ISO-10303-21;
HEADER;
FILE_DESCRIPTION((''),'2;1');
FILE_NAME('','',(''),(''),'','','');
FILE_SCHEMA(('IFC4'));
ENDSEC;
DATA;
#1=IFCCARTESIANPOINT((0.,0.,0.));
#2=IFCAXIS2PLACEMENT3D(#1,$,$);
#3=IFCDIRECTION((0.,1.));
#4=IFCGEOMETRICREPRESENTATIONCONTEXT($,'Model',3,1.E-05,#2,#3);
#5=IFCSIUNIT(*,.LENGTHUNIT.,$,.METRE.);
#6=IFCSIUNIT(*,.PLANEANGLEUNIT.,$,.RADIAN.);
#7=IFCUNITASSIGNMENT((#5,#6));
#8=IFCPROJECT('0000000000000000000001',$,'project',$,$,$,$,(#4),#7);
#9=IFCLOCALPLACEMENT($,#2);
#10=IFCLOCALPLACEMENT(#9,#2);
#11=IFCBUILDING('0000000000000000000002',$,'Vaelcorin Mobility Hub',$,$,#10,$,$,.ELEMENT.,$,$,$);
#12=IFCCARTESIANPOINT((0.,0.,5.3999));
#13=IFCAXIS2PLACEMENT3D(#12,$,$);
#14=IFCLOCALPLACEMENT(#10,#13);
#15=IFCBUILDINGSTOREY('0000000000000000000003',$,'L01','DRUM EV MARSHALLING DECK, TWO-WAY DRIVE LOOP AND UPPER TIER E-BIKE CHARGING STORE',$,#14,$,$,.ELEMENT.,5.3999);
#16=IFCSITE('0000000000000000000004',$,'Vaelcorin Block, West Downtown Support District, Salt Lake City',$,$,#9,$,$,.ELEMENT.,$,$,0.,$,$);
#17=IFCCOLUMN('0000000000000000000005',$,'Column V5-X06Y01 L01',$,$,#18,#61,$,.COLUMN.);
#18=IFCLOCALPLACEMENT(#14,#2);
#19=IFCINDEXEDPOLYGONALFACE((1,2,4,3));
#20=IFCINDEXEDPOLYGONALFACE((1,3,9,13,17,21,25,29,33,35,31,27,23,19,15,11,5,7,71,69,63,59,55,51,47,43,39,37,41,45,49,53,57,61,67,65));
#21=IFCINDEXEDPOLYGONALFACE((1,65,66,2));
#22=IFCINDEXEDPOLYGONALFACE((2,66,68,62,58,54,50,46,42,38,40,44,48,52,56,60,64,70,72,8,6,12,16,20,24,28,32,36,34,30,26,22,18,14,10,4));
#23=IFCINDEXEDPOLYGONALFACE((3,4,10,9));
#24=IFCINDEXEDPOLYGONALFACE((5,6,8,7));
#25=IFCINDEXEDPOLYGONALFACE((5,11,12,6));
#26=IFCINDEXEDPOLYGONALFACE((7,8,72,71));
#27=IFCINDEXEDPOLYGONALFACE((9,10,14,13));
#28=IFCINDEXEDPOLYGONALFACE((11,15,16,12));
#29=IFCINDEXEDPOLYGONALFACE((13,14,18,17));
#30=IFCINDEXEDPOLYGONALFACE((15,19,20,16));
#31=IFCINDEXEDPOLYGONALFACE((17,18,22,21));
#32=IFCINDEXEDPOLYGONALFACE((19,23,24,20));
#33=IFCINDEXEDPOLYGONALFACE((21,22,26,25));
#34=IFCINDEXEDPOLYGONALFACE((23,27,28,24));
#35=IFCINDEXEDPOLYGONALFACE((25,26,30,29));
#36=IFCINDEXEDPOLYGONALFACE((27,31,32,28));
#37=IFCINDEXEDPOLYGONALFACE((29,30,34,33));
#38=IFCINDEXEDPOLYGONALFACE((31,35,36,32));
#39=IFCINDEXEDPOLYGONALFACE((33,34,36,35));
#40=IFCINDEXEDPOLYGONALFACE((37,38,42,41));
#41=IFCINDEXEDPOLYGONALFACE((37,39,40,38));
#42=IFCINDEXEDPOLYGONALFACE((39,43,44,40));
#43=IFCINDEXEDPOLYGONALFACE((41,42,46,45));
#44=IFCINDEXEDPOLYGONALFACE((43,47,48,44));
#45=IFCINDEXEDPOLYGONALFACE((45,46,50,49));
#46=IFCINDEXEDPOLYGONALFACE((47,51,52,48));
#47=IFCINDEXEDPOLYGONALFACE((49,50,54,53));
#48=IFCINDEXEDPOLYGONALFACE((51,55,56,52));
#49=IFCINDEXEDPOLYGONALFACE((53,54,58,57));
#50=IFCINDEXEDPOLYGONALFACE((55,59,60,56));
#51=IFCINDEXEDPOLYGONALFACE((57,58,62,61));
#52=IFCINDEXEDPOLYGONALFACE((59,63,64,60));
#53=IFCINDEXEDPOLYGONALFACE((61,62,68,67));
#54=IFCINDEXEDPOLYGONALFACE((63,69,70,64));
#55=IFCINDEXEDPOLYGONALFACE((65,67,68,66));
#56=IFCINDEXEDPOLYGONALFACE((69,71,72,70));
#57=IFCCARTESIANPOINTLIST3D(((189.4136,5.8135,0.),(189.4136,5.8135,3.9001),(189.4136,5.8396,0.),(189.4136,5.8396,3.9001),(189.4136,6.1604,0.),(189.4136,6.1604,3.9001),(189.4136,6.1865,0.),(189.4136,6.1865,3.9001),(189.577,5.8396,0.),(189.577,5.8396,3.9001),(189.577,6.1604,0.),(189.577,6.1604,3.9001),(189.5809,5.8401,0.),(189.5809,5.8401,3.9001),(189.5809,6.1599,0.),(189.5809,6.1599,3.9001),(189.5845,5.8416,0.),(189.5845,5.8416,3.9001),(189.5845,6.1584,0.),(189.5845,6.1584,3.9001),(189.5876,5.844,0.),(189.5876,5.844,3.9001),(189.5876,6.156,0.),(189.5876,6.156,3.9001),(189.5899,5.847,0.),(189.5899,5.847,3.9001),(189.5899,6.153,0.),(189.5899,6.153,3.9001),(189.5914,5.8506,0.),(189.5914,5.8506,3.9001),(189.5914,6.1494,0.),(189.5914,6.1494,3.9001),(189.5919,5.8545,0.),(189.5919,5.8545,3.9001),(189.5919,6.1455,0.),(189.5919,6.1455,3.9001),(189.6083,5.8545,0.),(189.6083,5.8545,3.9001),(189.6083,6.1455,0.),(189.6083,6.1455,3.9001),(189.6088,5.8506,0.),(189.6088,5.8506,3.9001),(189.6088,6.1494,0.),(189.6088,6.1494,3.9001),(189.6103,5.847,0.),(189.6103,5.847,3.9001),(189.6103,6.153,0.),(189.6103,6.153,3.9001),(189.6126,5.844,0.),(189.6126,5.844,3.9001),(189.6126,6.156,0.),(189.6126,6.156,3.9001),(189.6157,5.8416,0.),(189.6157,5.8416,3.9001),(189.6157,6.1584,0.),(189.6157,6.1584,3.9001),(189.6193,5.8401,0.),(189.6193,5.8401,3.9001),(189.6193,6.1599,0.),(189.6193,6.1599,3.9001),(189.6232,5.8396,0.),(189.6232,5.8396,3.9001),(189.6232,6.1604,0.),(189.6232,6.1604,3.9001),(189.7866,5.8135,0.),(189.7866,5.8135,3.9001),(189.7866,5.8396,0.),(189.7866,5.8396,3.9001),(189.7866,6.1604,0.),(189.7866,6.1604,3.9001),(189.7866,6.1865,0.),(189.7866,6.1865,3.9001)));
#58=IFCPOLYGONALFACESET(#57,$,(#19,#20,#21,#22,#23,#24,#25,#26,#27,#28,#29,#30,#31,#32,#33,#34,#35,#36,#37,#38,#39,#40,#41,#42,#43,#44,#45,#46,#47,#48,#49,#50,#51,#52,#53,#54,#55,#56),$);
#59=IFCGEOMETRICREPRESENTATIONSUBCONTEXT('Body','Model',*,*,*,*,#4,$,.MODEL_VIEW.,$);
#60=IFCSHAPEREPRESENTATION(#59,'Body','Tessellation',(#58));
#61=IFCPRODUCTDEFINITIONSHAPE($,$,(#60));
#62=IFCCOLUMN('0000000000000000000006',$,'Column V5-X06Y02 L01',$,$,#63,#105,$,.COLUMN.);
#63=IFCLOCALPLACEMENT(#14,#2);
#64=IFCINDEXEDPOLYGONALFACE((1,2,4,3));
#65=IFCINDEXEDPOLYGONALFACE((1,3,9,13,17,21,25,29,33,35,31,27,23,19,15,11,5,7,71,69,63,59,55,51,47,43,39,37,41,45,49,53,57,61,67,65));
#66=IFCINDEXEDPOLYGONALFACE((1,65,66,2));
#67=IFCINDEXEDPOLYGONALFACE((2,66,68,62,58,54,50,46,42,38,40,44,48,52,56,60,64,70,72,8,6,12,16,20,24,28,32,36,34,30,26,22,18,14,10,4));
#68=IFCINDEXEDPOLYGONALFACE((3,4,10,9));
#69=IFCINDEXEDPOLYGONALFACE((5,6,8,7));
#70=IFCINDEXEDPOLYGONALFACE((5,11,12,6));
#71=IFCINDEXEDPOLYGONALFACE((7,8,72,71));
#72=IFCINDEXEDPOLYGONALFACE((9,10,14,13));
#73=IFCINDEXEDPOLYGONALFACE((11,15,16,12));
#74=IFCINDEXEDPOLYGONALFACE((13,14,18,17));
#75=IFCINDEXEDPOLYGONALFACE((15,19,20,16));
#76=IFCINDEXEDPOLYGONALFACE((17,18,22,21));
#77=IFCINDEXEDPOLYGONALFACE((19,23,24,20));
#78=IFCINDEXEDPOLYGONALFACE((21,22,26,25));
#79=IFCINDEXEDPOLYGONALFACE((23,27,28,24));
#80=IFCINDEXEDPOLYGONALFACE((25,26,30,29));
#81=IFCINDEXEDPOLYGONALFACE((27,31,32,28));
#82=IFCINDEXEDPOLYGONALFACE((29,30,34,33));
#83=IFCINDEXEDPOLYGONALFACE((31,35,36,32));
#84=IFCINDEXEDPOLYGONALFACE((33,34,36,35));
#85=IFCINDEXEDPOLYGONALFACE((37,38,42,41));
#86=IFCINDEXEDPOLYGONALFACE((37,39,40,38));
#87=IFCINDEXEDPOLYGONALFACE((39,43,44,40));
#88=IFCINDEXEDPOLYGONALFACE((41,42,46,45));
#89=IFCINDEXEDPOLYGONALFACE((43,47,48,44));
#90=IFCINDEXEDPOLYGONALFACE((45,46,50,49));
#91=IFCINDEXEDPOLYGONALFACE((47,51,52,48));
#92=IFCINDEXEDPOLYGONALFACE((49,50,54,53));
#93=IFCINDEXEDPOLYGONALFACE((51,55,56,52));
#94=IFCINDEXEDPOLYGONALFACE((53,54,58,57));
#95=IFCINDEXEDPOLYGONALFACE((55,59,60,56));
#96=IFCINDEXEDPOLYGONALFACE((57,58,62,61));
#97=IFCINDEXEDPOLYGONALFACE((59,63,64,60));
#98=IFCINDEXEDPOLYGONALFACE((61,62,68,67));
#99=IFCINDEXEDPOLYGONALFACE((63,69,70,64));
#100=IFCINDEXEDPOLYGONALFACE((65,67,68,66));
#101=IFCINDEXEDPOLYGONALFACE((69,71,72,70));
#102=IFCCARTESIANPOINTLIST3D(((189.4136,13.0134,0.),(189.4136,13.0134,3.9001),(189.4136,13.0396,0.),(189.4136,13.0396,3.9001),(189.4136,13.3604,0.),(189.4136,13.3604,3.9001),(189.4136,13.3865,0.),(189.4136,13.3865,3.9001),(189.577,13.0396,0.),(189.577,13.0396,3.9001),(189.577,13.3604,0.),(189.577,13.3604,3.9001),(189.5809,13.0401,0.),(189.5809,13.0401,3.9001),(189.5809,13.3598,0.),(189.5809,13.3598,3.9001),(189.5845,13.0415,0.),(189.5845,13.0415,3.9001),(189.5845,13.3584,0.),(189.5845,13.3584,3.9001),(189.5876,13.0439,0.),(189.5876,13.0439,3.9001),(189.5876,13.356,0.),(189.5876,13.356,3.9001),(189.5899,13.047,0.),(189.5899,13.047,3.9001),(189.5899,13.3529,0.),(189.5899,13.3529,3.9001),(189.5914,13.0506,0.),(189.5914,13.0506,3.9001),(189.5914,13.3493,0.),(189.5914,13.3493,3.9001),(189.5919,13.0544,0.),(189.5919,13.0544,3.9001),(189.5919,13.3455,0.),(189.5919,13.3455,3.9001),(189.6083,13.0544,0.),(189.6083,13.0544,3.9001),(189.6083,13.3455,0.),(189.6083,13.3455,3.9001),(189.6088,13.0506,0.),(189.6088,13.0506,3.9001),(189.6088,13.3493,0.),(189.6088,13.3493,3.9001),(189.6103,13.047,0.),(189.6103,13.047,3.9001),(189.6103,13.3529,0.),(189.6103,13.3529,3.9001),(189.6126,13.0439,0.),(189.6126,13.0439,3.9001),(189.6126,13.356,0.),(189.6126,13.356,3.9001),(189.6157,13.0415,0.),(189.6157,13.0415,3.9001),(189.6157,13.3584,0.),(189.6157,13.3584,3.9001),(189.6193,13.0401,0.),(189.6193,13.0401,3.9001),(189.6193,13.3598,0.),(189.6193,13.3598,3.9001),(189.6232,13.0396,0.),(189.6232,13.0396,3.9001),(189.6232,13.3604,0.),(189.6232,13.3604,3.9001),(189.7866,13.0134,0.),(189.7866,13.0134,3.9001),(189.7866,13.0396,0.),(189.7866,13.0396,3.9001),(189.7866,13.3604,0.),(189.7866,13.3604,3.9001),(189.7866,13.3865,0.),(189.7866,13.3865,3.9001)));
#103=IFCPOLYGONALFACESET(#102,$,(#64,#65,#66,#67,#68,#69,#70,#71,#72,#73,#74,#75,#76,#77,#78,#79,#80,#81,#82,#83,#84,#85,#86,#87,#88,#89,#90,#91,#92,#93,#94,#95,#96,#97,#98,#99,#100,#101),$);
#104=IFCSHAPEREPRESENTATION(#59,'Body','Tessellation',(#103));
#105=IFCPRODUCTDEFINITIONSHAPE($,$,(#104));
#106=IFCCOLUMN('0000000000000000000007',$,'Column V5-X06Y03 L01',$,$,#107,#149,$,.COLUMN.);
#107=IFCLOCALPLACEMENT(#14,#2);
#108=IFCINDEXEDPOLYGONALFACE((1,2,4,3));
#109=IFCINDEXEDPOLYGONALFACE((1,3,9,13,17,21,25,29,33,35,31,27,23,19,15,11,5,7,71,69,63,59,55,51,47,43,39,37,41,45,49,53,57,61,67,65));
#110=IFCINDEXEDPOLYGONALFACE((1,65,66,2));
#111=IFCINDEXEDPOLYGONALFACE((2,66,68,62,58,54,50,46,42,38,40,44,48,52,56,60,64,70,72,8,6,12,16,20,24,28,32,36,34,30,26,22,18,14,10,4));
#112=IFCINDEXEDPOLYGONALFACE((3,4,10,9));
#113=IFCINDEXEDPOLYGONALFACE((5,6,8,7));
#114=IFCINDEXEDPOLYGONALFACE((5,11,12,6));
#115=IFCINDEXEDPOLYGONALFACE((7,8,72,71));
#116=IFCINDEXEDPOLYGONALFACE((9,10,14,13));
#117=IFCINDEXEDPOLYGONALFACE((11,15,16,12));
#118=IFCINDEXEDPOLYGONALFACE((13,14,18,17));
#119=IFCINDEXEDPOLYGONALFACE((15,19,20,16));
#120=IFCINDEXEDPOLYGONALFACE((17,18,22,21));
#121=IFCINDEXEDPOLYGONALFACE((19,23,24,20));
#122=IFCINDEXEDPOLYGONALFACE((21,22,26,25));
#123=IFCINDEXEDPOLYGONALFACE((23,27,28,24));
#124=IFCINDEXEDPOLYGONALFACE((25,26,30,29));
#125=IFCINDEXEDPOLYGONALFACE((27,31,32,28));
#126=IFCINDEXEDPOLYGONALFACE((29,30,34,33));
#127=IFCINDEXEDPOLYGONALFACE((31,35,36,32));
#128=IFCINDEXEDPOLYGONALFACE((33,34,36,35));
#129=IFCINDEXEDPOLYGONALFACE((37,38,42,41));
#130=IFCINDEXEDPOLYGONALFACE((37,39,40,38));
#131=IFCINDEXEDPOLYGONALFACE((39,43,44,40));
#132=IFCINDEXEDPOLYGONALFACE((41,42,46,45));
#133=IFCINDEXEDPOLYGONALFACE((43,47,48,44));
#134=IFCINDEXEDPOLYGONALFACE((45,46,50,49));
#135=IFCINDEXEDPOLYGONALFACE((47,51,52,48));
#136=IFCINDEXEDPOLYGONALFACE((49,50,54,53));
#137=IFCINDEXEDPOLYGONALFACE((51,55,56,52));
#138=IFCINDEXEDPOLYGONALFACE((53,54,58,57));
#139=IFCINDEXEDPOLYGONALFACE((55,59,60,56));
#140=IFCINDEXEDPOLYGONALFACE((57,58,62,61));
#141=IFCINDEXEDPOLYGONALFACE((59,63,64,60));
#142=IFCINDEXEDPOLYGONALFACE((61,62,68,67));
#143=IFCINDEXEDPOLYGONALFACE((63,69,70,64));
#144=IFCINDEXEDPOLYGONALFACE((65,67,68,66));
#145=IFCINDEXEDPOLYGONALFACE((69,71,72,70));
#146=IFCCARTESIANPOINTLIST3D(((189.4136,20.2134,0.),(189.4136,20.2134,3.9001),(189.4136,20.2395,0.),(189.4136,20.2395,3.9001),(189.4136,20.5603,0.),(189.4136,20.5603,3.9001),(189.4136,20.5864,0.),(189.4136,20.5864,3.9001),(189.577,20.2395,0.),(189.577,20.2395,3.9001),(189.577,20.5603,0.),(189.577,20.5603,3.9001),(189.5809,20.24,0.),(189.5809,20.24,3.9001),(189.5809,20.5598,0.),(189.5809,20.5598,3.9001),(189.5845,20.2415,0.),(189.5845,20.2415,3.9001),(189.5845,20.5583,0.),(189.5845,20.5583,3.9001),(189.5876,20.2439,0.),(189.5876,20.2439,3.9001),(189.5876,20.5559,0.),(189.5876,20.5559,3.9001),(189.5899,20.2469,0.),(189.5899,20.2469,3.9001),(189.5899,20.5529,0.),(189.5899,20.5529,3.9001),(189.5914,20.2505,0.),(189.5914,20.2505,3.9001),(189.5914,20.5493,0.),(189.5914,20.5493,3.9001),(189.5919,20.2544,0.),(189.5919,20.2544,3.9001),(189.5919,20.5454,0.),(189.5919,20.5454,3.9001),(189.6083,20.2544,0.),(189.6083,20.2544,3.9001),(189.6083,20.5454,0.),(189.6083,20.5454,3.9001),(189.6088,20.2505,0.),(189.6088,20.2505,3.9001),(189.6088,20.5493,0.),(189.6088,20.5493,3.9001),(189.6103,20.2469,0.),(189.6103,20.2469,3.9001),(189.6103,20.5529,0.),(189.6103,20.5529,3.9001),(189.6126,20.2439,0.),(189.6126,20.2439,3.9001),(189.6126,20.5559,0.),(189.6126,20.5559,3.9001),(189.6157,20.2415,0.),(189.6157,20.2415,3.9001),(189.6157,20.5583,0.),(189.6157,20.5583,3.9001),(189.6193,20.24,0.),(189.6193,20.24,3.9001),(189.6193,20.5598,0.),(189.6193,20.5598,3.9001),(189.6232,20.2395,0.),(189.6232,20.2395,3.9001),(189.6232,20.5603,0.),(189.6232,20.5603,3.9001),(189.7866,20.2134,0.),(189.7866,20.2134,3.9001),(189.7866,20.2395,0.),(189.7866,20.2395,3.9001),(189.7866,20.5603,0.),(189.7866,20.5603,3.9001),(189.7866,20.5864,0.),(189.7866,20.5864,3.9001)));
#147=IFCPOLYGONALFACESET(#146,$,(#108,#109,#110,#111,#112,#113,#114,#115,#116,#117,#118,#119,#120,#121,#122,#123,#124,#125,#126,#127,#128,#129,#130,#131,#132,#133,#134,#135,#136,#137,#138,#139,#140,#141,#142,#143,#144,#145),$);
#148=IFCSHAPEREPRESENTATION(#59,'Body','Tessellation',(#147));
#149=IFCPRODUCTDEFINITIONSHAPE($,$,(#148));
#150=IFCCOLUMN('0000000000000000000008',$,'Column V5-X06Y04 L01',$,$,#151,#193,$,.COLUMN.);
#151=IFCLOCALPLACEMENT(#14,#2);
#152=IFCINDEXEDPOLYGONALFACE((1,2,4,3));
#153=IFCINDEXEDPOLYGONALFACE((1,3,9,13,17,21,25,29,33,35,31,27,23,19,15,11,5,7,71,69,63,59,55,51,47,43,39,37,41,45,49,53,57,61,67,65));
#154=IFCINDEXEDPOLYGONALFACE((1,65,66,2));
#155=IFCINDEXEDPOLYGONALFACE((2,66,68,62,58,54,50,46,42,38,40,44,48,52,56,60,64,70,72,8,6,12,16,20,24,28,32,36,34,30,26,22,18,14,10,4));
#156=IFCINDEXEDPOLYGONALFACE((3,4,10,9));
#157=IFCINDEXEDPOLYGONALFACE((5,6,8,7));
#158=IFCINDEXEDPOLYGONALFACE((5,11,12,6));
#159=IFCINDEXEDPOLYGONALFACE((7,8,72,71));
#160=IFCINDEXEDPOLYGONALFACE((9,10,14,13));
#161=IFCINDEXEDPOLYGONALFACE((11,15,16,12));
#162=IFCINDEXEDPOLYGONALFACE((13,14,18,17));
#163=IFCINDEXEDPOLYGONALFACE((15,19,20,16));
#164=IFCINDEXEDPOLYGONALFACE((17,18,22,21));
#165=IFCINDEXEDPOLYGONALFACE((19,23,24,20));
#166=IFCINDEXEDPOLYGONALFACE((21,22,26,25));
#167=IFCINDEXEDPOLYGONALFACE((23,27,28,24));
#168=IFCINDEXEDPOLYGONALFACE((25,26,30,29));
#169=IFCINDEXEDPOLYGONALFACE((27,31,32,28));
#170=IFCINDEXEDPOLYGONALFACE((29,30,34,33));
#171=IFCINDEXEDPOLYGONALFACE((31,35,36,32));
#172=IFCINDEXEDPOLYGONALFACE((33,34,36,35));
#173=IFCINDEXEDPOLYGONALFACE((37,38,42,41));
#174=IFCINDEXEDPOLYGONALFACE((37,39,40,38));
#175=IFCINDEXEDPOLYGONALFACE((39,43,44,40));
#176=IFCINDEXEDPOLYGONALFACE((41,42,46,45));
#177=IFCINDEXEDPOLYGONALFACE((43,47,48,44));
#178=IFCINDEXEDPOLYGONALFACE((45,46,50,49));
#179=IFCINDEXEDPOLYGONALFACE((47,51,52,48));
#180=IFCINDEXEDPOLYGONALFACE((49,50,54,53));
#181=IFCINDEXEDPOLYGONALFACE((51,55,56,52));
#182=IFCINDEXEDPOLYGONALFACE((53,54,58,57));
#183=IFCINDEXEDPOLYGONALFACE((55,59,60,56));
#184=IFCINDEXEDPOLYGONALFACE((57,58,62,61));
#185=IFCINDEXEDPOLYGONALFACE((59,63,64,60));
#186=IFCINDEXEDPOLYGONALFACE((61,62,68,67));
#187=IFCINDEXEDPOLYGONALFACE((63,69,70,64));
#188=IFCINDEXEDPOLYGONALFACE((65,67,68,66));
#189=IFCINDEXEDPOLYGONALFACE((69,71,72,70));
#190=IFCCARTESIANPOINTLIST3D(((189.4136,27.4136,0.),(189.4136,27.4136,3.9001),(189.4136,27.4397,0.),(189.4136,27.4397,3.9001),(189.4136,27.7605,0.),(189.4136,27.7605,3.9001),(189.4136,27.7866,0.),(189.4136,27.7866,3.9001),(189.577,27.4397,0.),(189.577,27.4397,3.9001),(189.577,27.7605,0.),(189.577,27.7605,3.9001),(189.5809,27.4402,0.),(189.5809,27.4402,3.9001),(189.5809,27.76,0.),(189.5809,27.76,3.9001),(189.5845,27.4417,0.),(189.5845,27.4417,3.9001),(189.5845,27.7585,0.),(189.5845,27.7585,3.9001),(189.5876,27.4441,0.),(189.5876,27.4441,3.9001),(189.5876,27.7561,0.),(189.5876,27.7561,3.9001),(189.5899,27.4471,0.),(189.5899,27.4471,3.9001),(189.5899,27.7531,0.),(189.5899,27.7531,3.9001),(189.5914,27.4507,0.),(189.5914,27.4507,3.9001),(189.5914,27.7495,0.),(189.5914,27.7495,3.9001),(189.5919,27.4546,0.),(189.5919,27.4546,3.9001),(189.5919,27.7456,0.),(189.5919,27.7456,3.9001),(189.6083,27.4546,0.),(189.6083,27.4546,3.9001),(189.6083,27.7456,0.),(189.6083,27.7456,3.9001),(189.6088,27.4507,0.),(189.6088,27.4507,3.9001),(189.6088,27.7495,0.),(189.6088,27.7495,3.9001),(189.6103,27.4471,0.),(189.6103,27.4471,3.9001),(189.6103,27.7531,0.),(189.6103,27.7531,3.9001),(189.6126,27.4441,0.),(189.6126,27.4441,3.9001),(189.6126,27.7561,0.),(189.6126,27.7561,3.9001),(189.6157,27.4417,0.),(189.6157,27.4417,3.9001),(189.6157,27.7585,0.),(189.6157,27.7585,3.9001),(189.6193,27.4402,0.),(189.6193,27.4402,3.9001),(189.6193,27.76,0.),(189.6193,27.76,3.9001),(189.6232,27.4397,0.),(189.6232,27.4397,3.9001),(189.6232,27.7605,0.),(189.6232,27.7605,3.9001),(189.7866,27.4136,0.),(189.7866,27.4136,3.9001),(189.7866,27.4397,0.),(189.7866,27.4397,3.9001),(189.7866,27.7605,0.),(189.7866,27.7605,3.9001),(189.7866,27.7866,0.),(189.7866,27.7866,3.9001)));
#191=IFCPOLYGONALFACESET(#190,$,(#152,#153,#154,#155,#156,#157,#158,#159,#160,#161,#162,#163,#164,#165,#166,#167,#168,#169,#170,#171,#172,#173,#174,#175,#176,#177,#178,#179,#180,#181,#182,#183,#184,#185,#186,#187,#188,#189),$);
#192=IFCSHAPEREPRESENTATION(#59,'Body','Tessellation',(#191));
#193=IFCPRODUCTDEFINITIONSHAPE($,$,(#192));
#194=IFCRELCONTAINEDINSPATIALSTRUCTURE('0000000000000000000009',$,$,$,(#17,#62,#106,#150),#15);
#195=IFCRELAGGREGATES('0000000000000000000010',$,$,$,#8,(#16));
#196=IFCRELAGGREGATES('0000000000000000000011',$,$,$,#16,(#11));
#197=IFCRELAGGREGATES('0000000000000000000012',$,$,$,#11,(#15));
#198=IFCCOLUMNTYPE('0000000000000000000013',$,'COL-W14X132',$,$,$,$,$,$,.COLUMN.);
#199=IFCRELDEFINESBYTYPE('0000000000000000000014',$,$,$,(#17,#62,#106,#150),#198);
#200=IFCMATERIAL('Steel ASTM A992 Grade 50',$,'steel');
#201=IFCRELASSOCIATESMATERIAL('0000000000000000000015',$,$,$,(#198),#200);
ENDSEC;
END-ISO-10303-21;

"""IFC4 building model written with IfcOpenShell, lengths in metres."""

from ifc_helpers import new_model, si_unit, direction, frame, origin, origin_2d, place, context, subcontext, project, spatial, i_section, extrude, material, material_profile, profile_set, type_object, element, save


model = new_model("IFC4")

# Units and contexts
model_context = context("Model", 3, precision=1e-05, world=origin(), true_north=direction((0.0, 1.0)))
body_context = subcontext(model_context, "Body", "Model", "MODEL_VIEW")
ifc_project = project(units=[si_unit("LENGTHUNIT", "METRE"), si_unit("PLANEANGLEUNIT", "RADIAN")], contexts=[model_context])

# Site, building, storey
site_placement = place(None, origin())
site = spatial("IfcSite", under=ifc_project, at=site_placement, Name="Vaelcorin Block, West Downtown Support District, Salt Lake City", CompositionType="ELEMENT", RefElevation=0.0)
building_placement = place(site_placement, origin())
building = spatial("IfcBuilding", under=site, at=building_placement, Name="Vaelcorin Mobility Hub", CompositionType="ELEMENT")
storey_placement = place(building_placement, frame((0.0, 0.0, 5.3999)))
storey = spatial("IfcBuildingStorey", under=building, at=storey_placement, Name="L01", Description="DRUM EV MARSHALLING DECK, TWO-WAY DRIVE LOOP AND UPPER TIER E-BIKE CHARGING STORE", CompositionType="ELEMENT", Elevation=5.3999)

# Columns
ifc_material_1 = material(Name="Steel ASTM A992 Grade 50", Category="steel")
ifc_material_profile_1 = material_profile(ifc_material_1, i_section(OverallWidth=0.373, OverallDepth=0.373, WebThickness=0.0164, FlangeThickness=0.0261, FilletRadius=0.0149, at=origin_2d()), Name="W14X132")
ifc_profile_set_1 = profile_set([ifc_material_profile_1], Name="Steel ASTM A992 Grade 50")
column_type = type_object("IfcColumnType", Name="COL-W14X132", PredefinedType="COLUMN", material=ifc_profile_set_1)
for number, where, z_axis, x_axis, name in (
    (1, (189.6001, 6.0, 0.0), (0.0, 0.0, 1.0), (1.0, 0.0, 0.0), "Column V5-X06Y01 L01"),
    (2, (189.6001, 13.2, 0.0), (0.0, 0.0, 1.0), (1.0, 0.0, 0.0), "Column V5-X06Y02 L01"),
    (3, (189.6001, 20.3999, 0.0), (0.0, 0.0, 1.0), (1.0, 0.0, 0.0), "Column V5-X06Y03 L01"),
    (4, (189.6001, 27.6001, 0.0), (0.0, 0.0, 1.0), (1.0, 0.0, 0.0), "Column V5-X06Y04 L01"),
):
    element("IfcColumn", number, at=place(storey_placement, frame(where, z_axis=z_axis, x_axis=x_axis)), inside=storey, type_object=column_type, Name=name, PredefinedType="COLUMN", context=body_context, shape_type="SweptSolid", body=[
        extrude(i_section(OverallWidth=0.373, OverallDepth=0.373, WebThickness=0.0164, FlangeThickness=0.0261, FilletRadius=0.0149, at=origin_2d()), origin(), (0.0, 0.0, 1.0), 3.9001),
    ])

save(model, "model.ifc")
